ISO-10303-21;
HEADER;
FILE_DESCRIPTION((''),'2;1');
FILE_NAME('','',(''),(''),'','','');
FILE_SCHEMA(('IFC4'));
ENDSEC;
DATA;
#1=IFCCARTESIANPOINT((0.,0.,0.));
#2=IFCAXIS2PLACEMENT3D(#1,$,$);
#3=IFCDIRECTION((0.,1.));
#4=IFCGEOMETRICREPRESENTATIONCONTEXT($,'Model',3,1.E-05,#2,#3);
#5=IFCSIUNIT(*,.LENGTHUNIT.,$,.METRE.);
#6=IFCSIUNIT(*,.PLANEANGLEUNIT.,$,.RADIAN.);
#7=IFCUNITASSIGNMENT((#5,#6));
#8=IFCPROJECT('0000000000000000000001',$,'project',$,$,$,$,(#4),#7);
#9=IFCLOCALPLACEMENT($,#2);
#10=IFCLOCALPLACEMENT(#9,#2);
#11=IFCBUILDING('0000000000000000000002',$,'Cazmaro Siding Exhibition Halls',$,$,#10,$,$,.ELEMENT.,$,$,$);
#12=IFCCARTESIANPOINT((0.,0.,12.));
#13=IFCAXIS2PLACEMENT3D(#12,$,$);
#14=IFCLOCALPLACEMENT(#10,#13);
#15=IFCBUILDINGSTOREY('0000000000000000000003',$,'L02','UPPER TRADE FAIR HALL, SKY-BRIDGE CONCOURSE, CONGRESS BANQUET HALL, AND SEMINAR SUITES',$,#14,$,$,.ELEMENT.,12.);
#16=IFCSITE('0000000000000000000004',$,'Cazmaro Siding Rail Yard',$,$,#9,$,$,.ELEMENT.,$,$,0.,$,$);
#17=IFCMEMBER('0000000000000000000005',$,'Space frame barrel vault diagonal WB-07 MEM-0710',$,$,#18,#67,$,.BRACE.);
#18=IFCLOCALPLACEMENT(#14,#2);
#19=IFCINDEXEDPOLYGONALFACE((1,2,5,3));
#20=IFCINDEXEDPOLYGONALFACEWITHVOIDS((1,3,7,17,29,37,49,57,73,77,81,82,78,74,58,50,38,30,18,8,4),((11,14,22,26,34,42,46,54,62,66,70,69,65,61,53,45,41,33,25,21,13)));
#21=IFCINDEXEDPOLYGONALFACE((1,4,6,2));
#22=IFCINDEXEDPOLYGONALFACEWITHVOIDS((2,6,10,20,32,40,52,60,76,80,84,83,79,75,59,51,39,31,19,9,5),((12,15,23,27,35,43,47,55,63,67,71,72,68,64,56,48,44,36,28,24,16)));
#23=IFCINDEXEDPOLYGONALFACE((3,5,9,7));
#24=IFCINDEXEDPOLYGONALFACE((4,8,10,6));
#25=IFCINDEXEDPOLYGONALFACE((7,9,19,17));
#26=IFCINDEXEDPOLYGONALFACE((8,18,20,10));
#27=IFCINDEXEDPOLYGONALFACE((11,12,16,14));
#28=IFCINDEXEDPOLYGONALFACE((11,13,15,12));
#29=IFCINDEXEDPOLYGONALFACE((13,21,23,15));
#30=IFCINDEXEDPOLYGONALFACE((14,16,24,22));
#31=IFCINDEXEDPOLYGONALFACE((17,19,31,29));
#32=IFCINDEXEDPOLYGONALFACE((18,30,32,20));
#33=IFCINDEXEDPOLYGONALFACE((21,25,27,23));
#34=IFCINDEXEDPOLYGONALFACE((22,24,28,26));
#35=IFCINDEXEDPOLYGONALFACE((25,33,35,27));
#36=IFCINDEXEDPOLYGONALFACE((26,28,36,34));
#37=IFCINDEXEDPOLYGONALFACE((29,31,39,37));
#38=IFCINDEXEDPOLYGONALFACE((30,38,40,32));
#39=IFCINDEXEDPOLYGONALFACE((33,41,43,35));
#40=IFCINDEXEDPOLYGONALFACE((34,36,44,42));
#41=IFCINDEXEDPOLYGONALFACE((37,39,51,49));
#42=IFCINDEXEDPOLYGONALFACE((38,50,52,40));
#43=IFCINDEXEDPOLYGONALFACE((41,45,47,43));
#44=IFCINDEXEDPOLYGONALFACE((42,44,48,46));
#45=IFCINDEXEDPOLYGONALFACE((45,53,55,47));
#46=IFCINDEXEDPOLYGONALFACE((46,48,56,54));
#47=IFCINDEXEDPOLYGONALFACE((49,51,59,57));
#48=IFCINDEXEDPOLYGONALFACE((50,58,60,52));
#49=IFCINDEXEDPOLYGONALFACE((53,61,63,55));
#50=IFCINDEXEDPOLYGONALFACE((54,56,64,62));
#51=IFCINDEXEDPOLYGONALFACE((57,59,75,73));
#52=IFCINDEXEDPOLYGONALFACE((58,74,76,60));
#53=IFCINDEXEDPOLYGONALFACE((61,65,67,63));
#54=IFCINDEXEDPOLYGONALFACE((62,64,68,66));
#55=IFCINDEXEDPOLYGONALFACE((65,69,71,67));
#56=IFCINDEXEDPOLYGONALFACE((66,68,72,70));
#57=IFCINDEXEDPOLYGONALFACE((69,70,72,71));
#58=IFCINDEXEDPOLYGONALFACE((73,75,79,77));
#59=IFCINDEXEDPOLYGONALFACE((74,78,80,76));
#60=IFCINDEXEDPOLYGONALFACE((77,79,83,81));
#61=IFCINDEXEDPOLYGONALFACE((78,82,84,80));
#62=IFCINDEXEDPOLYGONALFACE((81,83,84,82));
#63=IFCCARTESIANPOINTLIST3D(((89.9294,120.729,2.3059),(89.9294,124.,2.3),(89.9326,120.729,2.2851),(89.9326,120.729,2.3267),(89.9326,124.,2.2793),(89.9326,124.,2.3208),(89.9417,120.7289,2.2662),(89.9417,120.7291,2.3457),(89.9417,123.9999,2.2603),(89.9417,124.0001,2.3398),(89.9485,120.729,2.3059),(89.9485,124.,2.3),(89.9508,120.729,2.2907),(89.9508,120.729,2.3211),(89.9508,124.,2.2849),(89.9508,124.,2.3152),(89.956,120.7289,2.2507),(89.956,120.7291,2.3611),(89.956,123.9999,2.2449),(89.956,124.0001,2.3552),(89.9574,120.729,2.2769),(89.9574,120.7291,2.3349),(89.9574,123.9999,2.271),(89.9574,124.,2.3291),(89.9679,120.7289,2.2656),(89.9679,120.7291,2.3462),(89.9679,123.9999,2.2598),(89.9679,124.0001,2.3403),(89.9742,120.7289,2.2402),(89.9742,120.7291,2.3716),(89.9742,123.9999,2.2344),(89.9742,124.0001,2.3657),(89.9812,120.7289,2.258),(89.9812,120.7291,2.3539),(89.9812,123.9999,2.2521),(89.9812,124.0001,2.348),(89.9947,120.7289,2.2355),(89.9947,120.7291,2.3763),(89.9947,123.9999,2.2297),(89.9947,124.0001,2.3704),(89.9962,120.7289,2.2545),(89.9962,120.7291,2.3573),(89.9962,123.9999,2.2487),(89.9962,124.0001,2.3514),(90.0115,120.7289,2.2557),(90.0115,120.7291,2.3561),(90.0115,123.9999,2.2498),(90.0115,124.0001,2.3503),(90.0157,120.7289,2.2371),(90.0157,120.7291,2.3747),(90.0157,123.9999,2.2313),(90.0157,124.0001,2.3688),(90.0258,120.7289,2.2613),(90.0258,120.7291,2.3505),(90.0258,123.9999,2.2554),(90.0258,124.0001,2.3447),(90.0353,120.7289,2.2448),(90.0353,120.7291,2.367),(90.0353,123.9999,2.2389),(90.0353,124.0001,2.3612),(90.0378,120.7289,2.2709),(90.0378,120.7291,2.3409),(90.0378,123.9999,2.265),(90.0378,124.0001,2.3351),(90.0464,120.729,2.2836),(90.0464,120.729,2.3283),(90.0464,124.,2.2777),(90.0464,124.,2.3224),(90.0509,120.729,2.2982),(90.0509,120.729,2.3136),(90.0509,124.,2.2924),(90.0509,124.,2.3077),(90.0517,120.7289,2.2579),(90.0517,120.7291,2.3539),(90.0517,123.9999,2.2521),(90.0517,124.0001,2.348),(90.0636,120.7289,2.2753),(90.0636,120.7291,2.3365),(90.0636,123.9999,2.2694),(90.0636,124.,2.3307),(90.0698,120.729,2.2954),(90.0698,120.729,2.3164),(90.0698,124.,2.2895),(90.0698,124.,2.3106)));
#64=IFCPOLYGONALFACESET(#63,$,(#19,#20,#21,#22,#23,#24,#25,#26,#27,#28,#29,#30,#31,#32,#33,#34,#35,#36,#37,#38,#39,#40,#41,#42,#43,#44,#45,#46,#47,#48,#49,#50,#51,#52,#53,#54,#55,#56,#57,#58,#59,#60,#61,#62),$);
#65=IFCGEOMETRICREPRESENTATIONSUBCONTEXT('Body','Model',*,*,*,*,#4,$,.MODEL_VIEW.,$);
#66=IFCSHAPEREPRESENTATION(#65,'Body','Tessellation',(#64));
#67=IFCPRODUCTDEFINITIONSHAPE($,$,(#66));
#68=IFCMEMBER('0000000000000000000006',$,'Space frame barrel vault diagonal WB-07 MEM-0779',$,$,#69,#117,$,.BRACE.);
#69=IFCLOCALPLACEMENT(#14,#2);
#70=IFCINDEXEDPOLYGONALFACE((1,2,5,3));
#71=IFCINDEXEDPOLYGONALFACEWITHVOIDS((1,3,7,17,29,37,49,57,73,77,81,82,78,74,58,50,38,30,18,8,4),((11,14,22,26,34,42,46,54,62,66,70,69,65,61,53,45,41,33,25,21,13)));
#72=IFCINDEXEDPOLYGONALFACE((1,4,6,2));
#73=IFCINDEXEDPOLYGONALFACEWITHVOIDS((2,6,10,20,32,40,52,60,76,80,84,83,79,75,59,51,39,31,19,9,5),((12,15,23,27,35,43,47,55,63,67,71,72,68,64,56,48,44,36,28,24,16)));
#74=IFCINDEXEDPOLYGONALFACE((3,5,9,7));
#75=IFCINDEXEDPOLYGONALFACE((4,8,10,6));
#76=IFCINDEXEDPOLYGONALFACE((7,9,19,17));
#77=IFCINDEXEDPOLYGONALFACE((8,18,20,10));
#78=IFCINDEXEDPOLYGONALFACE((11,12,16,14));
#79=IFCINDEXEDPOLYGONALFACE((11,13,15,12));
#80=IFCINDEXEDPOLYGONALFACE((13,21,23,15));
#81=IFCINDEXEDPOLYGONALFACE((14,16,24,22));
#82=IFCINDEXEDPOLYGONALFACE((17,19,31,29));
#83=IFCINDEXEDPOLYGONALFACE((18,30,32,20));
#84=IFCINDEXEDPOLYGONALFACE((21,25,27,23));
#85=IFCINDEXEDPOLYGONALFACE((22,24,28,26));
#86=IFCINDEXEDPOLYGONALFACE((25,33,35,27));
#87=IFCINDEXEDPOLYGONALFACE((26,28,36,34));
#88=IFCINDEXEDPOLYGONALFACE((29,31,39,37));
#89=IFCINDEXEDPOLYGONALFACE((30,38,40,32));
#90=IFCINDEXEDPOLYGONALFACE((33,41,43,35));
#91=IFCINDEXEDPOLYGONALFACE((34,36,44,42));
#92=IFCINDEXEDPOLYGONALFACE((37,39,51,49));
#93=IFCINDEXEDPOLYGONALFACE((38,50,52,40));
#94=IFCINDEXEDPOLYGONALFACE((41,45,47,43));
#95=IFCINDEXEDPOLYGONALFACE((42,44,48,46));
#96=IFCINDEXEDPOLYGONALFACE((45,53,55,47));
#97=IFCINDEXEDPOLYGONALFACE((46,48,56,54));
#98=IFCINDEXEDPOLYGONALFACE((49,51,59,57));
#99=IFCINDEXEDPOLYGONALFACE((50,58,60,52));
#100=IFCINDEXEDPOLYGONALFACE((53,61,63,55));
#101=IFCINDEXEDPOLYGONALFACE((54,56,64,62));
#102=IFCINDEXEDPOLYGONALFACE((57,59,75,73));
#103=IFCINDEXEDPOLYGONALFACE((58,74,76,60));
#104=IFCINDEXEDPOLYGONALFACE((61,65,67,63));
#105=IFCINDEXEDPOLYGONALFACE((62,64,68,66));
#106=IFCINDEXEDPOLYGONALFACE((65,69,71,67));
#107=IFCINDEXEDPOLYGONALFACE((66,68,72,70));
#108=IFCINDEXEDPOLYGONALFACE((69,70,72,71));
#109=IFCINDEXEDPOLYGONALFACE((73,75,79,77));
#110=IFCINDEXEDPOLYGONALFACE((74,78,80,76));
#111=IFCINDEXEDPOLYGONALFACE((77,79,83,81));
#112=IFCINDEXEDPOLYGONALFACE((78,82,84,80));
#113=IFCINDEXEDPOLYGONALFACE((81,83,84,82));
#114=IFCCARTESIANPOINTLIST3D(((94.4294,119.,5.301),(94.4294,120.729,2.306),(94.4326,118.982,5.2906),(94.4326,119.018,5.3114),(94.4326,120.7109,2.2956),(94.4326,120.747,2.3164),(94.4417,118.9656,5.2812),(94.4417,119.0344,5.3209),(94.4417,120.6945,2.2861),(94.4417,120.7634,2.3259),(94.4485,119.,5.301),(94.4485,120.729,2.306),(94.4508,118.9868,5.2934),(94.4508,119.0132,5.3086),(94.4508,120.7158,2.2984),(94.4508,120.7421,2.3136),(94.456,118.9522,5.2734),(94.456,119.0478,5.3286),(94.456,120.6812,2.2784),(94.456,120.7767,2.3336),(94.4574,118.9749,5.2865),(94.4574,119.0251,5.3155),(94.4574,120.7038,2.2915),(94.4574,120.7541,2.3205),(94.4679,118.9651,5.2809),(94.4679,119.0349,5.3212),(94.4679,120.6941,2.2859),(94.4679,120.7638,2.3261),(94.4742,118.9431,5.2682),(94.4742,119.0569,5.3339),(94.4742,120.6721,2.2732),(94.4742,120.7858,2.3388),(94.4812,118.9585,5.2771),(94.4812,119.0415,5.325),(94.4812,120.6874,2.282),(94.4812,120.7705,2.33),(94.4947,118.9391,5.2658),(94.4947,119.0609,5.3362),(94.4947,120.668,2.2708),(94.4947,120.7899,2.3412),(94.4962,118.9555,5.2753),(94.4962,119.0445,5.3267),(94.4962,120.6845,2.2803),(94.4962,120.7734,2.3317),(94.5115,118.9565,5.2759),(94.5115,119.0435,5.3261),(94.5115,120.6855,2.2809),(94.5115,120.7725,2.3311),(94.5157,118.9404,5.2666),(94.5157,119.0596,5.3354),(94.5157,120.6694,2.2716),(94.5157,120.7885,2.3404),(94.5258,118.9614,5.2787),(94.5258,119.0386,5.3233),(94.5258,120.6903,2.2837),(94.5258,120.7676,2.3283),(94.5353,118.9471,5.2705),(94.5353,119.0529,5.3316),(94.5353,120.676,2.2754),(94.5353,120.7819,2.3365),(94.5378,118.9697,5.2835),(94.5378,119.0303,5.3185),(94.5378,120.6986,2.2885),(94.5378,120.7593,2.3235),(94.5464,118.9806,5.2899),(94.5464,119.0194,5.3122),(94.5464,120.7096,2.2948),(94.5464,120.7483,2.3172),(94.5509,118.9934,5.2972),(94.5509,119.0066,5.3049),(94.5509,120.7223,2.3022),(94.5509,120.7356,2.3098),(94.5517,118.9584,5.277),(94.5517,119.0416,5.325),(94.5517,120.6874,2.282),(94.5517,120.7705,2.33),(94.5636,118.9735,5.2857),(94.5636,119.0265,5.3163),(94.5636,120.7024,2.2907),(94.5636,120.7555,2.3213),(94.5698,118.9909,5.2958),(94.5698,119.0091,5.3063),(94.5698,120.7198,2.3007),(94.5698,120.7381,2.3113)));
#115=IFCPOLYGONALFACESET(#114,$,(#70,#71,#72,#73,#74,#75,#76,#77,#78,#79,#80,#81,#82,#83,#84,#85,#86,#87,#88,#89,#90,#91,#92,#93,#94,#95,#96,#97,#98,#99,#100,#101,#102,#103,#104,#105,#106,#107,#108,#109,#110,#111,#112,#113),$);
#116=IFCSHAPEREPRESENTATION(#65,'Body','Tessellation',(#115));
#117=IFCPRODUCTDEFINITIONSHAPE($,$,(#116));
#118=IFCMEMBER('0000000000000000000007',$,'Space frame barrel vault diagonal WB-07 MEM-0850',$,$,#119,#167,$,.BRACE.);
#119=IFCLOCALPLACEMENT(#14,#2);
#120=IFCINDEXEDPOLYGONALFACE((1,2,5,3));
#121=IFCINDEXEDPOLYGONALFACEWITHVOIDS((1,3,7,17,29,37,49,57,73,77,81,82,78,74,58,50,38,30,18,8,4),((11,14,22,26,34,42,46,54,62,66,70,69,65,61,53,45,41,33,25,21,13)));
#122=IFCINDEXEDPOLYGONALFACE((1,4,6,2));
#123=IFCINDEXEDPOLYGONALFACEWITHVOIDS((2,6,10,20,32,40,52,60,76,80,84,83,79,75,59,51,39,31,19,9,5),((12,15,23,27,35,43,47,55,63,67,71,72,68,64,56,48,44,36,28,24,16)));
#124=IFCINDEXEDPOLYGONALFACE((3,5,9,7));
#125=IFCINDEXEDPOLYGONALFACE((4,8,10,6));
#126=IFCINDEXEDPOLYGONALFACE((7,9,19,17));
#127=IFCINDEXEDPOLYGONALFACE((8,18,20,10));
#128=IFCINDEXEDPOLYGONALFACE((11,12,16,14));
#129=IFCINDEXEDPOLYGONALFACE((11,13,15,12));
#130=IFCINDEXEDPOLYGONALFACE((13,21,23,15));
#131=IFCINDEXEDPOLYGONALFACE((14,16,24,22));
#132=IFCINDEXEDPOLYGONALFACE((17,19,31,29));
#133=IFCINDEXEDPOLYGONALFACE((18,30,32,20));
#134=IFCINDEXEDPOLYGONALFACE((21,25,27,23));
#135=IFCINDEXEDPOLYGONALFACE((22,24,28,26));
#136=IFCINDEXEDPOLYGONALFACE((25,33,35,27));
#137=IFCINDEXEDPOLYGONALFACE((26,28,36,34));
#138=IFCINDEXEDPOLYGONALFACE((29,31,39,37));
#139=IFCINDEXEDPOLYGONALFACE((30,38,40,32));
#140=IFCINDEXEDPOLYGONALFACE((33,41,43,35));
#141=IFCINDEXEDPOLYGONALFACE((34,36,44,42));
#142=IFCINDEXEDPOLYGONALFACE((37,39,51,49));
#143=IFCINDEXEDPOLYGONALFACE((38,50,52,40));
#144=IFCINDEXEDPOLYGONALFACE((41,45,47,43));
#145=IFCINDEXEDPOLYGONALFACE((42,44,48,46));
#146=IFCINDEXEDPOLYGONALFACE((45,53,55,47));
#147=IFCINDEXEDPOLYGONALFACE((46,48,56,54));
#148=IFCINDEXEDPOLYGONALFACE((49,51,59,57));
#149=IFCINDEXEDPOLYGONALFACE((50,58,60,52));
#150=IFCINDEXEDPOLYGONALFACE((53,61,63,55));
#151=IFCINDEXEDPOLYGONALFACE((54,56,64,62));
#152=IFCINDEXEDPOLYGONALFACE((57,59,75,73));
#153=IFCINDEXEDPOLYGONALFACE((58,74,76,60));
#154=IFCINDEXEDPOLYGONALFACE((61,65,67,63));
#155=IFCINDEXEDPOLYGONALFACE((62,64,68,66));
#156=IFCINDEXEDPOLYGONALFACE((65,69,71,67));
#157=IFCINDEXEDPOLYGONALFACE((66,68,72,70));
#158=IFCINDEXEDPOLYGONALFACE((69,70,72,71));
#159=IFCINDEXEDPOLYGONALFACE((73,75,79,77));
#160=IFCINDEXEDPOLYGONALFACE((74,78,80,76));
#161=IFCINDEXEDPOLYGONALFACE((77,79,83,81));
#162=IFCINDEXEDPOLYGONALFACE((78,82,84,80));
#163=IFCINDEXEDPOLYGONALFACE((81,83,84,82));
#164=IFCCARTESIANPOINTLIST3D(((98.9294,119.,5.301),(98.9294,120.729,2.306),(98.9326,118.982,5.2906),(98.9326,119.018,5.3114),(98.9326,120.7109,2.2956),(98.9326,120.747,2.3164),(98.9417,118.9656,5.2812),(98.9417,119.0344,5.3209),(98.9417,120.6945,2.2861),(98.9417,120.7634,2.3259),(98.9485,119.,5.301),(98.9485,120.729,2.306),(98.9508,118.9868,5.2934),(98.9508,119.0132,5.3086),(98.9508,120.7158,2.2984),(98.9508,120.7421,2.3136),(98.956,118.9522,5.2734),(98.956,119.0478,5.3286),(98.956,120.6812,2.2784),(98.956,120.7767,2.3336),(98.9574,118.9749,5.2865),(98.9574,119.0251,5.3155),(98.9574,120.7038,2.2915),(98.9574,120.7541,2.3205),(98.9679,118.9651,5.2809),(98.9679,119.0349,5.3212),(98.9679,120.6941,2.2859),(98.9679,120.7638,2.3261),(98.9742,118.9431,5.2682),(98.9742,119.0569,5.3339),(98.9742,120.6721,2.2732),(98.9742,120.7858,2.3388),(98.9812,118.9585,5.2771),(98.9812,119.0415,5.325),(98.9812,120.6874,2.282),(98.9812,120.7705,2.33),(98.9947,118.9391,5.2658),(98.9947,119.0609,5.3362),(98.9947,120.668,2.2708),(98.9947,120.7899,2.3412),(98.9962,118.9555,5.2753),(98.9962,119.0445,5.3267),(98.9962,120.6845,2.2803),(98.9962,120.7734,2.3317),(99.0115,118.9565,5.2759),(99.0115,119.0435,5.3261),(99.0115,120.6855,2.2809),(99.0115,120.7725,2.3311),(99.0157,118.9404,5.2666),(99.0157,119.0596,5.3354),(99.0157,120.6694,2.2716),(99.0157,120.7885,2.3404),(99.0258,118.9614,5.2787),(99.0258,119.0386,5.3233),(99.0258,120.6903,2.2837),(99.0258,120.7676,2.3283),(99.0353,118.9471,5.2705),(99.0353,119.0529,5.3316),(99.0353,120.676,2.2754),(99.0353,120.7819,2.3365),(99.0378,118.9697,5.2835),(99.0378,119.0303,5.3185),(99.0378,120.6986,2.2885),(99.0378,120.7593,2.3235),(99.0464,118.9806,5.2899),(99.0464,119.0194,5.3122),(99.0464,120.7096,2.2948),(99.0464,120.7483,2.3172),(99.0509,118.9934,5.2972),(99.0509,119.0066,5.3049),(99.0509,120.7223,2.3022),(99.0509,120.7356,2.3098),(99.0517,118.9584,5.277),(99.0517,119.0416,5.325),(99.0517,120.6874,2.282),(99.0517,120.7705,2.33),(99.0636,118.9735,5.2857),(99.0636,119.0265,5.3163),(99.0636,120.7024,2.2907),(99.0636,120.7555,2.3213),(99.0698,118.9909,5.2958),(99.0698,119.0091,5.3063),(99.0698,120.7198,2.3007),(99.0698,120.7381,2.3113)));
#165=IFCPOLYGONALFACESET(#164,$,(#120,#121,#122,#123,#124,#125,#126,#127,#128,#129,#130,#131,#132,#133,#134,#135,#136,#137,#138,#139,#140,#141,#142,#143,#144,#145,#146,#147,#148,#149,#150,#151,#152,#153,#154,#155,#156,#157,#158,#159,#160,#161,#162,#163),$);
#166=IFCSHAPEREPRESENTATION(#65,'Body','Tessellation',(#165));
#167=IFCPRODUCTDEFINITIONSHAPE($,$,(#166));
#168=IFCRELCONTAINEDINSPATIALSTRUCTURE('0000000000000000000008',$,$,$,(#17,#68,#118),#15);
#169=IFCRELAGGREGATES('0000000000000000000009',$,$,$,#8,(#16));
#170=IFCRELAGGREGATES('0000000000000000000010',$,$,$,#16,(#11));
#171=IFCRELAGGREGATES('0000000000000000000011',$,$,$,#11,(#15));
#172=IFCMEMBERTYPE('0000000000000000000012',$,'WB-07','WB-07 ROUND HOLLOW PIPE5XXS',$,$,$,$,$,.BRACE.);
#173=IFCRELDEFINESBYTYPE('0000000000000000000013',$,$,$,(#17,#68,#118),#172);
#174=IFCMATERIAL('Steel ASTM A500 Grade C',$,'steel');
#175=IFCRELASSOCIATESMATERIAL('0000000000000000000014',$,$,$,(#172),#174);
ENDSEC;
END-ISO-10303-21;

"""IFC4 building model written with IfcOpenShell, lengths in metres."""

from ifc_helpers import new_model, si_unit, direction, frame, origin, origin_2d, place, context, subcontext, project, spatial, hollow_circle, extrude, material, material_profile, profile_set, type_object, element, save


model = new_model("IFC4")

# Units and contexts
model_context = context("Model", 3, precision=1e-05, world=origin(), true_north=direction((0.0, 1.0)))
body_context = subcontext(model_context, "Body", "Model", "MODEL_VIEW")
ifc_project = project(units=[si_unit("LENGTHUNIT", "METRE"), si_unit("PLANEANGLEUNIT", "RADIAN")], contexts=[model_context])

# Site, building, storey
site_placement = place(None, origin())
site = spatial("IfcSite", under=ifc_project, at=site_placement, Name="Cazmaro Siding Rail Yard", CompositionType="ELEMENT", RefElevation=0.0)
building_placement = place(site_placement, origin())
building = spatial("IfcBuilding", under=site, at=building_placement, Name="Cazmaro Siding Exhibition Halls", CompositionType="ELEMENT")
storey_placement = place(building_placement, frame((0.0, 0.0, 12.0)))
storey = spatial("IfcBuildingStorey", under=building, at=storey_placement, Name="L02", Description="UPPER TRADE FAIR HALL, SKY-BRIDGE CONCOURSE, CONGRESS BANQUET HALL, AND SEMINAR SUITES", CompositionType="ELEMENT", Elevation=12.0)

# Members
ifc_material_1 = material(Name="Steel ASTM A500 Grade C", Category="steel")
ifc_material_profile_1 = material_profile(ifc_material_1, hollow_circle(Radius=0.0706, WallThickness=0.019, at=origin_2d()), Name="PIPE5XXS")
ifc_profile_set_1 = profile_set([ifc_material_profile_1], Name="Steel ASTM A500 Grade C")
member_type_1 = type_object("IfcMemberType", Name="WB-07", Description="WB-07 ROUND HOLLOW PIPE5XXS", PredefinedType="BRACE", material=ifc_profile_set_1)
member_1_placement = place(storey_placement, frame((90.0, 120.729, 2.3059), z_axis=(0.0, 0.999998, -0.001791), x_axis=(-1.0, 0.0, 0.0)))
element("IfcMember", 1, at=member_1_placement, inside=storey, type_object=member_type_1, Name="Space frame barrel vault diagonal WB-07 MEM-0710", PredefinedType="BRACE", context=body_context, shape_type="SweptSolid", body=[
    extrude(hollow_circle(Radius=0.0706, WallThickness=0.019, at=origin_2d()), origin(), (0.0, 0.0, 1.0), 3.271),
])
for number, where, z_axis, x_axis, name in (
    (2, (94.5, 119.0, 5.301), (0.0, 0.499951, -0.866054), (-1.0, 0.0, 0.0), "Space frame barrel vault diagonal WB-07 MEM-0779"),
    (3, (99.0, 119.0, 5.301), (0.0, 0.499951, -0.866054), (-1.0, 0.0, 0.0), "Space frame barrel vault diagonal WB-07 MEM-0850"),
):
    element("IfcMember", number, at=place(storey_placement, frame(where, z_axis=z_axis, x_axis=x_axis)), inside=storey, type_object=member_type_1, Name=name, PredefinedType="BRACE", context=body_context, shape_type="SweptSolid", body=[
        extrude(hollow_circle(Radius=0.0706, WallThickness=0.019, at=origin_2d()), origin(), (0.0, 0.0, 1.0), 3.4583),
    ])

save(model, "model.ifc")
